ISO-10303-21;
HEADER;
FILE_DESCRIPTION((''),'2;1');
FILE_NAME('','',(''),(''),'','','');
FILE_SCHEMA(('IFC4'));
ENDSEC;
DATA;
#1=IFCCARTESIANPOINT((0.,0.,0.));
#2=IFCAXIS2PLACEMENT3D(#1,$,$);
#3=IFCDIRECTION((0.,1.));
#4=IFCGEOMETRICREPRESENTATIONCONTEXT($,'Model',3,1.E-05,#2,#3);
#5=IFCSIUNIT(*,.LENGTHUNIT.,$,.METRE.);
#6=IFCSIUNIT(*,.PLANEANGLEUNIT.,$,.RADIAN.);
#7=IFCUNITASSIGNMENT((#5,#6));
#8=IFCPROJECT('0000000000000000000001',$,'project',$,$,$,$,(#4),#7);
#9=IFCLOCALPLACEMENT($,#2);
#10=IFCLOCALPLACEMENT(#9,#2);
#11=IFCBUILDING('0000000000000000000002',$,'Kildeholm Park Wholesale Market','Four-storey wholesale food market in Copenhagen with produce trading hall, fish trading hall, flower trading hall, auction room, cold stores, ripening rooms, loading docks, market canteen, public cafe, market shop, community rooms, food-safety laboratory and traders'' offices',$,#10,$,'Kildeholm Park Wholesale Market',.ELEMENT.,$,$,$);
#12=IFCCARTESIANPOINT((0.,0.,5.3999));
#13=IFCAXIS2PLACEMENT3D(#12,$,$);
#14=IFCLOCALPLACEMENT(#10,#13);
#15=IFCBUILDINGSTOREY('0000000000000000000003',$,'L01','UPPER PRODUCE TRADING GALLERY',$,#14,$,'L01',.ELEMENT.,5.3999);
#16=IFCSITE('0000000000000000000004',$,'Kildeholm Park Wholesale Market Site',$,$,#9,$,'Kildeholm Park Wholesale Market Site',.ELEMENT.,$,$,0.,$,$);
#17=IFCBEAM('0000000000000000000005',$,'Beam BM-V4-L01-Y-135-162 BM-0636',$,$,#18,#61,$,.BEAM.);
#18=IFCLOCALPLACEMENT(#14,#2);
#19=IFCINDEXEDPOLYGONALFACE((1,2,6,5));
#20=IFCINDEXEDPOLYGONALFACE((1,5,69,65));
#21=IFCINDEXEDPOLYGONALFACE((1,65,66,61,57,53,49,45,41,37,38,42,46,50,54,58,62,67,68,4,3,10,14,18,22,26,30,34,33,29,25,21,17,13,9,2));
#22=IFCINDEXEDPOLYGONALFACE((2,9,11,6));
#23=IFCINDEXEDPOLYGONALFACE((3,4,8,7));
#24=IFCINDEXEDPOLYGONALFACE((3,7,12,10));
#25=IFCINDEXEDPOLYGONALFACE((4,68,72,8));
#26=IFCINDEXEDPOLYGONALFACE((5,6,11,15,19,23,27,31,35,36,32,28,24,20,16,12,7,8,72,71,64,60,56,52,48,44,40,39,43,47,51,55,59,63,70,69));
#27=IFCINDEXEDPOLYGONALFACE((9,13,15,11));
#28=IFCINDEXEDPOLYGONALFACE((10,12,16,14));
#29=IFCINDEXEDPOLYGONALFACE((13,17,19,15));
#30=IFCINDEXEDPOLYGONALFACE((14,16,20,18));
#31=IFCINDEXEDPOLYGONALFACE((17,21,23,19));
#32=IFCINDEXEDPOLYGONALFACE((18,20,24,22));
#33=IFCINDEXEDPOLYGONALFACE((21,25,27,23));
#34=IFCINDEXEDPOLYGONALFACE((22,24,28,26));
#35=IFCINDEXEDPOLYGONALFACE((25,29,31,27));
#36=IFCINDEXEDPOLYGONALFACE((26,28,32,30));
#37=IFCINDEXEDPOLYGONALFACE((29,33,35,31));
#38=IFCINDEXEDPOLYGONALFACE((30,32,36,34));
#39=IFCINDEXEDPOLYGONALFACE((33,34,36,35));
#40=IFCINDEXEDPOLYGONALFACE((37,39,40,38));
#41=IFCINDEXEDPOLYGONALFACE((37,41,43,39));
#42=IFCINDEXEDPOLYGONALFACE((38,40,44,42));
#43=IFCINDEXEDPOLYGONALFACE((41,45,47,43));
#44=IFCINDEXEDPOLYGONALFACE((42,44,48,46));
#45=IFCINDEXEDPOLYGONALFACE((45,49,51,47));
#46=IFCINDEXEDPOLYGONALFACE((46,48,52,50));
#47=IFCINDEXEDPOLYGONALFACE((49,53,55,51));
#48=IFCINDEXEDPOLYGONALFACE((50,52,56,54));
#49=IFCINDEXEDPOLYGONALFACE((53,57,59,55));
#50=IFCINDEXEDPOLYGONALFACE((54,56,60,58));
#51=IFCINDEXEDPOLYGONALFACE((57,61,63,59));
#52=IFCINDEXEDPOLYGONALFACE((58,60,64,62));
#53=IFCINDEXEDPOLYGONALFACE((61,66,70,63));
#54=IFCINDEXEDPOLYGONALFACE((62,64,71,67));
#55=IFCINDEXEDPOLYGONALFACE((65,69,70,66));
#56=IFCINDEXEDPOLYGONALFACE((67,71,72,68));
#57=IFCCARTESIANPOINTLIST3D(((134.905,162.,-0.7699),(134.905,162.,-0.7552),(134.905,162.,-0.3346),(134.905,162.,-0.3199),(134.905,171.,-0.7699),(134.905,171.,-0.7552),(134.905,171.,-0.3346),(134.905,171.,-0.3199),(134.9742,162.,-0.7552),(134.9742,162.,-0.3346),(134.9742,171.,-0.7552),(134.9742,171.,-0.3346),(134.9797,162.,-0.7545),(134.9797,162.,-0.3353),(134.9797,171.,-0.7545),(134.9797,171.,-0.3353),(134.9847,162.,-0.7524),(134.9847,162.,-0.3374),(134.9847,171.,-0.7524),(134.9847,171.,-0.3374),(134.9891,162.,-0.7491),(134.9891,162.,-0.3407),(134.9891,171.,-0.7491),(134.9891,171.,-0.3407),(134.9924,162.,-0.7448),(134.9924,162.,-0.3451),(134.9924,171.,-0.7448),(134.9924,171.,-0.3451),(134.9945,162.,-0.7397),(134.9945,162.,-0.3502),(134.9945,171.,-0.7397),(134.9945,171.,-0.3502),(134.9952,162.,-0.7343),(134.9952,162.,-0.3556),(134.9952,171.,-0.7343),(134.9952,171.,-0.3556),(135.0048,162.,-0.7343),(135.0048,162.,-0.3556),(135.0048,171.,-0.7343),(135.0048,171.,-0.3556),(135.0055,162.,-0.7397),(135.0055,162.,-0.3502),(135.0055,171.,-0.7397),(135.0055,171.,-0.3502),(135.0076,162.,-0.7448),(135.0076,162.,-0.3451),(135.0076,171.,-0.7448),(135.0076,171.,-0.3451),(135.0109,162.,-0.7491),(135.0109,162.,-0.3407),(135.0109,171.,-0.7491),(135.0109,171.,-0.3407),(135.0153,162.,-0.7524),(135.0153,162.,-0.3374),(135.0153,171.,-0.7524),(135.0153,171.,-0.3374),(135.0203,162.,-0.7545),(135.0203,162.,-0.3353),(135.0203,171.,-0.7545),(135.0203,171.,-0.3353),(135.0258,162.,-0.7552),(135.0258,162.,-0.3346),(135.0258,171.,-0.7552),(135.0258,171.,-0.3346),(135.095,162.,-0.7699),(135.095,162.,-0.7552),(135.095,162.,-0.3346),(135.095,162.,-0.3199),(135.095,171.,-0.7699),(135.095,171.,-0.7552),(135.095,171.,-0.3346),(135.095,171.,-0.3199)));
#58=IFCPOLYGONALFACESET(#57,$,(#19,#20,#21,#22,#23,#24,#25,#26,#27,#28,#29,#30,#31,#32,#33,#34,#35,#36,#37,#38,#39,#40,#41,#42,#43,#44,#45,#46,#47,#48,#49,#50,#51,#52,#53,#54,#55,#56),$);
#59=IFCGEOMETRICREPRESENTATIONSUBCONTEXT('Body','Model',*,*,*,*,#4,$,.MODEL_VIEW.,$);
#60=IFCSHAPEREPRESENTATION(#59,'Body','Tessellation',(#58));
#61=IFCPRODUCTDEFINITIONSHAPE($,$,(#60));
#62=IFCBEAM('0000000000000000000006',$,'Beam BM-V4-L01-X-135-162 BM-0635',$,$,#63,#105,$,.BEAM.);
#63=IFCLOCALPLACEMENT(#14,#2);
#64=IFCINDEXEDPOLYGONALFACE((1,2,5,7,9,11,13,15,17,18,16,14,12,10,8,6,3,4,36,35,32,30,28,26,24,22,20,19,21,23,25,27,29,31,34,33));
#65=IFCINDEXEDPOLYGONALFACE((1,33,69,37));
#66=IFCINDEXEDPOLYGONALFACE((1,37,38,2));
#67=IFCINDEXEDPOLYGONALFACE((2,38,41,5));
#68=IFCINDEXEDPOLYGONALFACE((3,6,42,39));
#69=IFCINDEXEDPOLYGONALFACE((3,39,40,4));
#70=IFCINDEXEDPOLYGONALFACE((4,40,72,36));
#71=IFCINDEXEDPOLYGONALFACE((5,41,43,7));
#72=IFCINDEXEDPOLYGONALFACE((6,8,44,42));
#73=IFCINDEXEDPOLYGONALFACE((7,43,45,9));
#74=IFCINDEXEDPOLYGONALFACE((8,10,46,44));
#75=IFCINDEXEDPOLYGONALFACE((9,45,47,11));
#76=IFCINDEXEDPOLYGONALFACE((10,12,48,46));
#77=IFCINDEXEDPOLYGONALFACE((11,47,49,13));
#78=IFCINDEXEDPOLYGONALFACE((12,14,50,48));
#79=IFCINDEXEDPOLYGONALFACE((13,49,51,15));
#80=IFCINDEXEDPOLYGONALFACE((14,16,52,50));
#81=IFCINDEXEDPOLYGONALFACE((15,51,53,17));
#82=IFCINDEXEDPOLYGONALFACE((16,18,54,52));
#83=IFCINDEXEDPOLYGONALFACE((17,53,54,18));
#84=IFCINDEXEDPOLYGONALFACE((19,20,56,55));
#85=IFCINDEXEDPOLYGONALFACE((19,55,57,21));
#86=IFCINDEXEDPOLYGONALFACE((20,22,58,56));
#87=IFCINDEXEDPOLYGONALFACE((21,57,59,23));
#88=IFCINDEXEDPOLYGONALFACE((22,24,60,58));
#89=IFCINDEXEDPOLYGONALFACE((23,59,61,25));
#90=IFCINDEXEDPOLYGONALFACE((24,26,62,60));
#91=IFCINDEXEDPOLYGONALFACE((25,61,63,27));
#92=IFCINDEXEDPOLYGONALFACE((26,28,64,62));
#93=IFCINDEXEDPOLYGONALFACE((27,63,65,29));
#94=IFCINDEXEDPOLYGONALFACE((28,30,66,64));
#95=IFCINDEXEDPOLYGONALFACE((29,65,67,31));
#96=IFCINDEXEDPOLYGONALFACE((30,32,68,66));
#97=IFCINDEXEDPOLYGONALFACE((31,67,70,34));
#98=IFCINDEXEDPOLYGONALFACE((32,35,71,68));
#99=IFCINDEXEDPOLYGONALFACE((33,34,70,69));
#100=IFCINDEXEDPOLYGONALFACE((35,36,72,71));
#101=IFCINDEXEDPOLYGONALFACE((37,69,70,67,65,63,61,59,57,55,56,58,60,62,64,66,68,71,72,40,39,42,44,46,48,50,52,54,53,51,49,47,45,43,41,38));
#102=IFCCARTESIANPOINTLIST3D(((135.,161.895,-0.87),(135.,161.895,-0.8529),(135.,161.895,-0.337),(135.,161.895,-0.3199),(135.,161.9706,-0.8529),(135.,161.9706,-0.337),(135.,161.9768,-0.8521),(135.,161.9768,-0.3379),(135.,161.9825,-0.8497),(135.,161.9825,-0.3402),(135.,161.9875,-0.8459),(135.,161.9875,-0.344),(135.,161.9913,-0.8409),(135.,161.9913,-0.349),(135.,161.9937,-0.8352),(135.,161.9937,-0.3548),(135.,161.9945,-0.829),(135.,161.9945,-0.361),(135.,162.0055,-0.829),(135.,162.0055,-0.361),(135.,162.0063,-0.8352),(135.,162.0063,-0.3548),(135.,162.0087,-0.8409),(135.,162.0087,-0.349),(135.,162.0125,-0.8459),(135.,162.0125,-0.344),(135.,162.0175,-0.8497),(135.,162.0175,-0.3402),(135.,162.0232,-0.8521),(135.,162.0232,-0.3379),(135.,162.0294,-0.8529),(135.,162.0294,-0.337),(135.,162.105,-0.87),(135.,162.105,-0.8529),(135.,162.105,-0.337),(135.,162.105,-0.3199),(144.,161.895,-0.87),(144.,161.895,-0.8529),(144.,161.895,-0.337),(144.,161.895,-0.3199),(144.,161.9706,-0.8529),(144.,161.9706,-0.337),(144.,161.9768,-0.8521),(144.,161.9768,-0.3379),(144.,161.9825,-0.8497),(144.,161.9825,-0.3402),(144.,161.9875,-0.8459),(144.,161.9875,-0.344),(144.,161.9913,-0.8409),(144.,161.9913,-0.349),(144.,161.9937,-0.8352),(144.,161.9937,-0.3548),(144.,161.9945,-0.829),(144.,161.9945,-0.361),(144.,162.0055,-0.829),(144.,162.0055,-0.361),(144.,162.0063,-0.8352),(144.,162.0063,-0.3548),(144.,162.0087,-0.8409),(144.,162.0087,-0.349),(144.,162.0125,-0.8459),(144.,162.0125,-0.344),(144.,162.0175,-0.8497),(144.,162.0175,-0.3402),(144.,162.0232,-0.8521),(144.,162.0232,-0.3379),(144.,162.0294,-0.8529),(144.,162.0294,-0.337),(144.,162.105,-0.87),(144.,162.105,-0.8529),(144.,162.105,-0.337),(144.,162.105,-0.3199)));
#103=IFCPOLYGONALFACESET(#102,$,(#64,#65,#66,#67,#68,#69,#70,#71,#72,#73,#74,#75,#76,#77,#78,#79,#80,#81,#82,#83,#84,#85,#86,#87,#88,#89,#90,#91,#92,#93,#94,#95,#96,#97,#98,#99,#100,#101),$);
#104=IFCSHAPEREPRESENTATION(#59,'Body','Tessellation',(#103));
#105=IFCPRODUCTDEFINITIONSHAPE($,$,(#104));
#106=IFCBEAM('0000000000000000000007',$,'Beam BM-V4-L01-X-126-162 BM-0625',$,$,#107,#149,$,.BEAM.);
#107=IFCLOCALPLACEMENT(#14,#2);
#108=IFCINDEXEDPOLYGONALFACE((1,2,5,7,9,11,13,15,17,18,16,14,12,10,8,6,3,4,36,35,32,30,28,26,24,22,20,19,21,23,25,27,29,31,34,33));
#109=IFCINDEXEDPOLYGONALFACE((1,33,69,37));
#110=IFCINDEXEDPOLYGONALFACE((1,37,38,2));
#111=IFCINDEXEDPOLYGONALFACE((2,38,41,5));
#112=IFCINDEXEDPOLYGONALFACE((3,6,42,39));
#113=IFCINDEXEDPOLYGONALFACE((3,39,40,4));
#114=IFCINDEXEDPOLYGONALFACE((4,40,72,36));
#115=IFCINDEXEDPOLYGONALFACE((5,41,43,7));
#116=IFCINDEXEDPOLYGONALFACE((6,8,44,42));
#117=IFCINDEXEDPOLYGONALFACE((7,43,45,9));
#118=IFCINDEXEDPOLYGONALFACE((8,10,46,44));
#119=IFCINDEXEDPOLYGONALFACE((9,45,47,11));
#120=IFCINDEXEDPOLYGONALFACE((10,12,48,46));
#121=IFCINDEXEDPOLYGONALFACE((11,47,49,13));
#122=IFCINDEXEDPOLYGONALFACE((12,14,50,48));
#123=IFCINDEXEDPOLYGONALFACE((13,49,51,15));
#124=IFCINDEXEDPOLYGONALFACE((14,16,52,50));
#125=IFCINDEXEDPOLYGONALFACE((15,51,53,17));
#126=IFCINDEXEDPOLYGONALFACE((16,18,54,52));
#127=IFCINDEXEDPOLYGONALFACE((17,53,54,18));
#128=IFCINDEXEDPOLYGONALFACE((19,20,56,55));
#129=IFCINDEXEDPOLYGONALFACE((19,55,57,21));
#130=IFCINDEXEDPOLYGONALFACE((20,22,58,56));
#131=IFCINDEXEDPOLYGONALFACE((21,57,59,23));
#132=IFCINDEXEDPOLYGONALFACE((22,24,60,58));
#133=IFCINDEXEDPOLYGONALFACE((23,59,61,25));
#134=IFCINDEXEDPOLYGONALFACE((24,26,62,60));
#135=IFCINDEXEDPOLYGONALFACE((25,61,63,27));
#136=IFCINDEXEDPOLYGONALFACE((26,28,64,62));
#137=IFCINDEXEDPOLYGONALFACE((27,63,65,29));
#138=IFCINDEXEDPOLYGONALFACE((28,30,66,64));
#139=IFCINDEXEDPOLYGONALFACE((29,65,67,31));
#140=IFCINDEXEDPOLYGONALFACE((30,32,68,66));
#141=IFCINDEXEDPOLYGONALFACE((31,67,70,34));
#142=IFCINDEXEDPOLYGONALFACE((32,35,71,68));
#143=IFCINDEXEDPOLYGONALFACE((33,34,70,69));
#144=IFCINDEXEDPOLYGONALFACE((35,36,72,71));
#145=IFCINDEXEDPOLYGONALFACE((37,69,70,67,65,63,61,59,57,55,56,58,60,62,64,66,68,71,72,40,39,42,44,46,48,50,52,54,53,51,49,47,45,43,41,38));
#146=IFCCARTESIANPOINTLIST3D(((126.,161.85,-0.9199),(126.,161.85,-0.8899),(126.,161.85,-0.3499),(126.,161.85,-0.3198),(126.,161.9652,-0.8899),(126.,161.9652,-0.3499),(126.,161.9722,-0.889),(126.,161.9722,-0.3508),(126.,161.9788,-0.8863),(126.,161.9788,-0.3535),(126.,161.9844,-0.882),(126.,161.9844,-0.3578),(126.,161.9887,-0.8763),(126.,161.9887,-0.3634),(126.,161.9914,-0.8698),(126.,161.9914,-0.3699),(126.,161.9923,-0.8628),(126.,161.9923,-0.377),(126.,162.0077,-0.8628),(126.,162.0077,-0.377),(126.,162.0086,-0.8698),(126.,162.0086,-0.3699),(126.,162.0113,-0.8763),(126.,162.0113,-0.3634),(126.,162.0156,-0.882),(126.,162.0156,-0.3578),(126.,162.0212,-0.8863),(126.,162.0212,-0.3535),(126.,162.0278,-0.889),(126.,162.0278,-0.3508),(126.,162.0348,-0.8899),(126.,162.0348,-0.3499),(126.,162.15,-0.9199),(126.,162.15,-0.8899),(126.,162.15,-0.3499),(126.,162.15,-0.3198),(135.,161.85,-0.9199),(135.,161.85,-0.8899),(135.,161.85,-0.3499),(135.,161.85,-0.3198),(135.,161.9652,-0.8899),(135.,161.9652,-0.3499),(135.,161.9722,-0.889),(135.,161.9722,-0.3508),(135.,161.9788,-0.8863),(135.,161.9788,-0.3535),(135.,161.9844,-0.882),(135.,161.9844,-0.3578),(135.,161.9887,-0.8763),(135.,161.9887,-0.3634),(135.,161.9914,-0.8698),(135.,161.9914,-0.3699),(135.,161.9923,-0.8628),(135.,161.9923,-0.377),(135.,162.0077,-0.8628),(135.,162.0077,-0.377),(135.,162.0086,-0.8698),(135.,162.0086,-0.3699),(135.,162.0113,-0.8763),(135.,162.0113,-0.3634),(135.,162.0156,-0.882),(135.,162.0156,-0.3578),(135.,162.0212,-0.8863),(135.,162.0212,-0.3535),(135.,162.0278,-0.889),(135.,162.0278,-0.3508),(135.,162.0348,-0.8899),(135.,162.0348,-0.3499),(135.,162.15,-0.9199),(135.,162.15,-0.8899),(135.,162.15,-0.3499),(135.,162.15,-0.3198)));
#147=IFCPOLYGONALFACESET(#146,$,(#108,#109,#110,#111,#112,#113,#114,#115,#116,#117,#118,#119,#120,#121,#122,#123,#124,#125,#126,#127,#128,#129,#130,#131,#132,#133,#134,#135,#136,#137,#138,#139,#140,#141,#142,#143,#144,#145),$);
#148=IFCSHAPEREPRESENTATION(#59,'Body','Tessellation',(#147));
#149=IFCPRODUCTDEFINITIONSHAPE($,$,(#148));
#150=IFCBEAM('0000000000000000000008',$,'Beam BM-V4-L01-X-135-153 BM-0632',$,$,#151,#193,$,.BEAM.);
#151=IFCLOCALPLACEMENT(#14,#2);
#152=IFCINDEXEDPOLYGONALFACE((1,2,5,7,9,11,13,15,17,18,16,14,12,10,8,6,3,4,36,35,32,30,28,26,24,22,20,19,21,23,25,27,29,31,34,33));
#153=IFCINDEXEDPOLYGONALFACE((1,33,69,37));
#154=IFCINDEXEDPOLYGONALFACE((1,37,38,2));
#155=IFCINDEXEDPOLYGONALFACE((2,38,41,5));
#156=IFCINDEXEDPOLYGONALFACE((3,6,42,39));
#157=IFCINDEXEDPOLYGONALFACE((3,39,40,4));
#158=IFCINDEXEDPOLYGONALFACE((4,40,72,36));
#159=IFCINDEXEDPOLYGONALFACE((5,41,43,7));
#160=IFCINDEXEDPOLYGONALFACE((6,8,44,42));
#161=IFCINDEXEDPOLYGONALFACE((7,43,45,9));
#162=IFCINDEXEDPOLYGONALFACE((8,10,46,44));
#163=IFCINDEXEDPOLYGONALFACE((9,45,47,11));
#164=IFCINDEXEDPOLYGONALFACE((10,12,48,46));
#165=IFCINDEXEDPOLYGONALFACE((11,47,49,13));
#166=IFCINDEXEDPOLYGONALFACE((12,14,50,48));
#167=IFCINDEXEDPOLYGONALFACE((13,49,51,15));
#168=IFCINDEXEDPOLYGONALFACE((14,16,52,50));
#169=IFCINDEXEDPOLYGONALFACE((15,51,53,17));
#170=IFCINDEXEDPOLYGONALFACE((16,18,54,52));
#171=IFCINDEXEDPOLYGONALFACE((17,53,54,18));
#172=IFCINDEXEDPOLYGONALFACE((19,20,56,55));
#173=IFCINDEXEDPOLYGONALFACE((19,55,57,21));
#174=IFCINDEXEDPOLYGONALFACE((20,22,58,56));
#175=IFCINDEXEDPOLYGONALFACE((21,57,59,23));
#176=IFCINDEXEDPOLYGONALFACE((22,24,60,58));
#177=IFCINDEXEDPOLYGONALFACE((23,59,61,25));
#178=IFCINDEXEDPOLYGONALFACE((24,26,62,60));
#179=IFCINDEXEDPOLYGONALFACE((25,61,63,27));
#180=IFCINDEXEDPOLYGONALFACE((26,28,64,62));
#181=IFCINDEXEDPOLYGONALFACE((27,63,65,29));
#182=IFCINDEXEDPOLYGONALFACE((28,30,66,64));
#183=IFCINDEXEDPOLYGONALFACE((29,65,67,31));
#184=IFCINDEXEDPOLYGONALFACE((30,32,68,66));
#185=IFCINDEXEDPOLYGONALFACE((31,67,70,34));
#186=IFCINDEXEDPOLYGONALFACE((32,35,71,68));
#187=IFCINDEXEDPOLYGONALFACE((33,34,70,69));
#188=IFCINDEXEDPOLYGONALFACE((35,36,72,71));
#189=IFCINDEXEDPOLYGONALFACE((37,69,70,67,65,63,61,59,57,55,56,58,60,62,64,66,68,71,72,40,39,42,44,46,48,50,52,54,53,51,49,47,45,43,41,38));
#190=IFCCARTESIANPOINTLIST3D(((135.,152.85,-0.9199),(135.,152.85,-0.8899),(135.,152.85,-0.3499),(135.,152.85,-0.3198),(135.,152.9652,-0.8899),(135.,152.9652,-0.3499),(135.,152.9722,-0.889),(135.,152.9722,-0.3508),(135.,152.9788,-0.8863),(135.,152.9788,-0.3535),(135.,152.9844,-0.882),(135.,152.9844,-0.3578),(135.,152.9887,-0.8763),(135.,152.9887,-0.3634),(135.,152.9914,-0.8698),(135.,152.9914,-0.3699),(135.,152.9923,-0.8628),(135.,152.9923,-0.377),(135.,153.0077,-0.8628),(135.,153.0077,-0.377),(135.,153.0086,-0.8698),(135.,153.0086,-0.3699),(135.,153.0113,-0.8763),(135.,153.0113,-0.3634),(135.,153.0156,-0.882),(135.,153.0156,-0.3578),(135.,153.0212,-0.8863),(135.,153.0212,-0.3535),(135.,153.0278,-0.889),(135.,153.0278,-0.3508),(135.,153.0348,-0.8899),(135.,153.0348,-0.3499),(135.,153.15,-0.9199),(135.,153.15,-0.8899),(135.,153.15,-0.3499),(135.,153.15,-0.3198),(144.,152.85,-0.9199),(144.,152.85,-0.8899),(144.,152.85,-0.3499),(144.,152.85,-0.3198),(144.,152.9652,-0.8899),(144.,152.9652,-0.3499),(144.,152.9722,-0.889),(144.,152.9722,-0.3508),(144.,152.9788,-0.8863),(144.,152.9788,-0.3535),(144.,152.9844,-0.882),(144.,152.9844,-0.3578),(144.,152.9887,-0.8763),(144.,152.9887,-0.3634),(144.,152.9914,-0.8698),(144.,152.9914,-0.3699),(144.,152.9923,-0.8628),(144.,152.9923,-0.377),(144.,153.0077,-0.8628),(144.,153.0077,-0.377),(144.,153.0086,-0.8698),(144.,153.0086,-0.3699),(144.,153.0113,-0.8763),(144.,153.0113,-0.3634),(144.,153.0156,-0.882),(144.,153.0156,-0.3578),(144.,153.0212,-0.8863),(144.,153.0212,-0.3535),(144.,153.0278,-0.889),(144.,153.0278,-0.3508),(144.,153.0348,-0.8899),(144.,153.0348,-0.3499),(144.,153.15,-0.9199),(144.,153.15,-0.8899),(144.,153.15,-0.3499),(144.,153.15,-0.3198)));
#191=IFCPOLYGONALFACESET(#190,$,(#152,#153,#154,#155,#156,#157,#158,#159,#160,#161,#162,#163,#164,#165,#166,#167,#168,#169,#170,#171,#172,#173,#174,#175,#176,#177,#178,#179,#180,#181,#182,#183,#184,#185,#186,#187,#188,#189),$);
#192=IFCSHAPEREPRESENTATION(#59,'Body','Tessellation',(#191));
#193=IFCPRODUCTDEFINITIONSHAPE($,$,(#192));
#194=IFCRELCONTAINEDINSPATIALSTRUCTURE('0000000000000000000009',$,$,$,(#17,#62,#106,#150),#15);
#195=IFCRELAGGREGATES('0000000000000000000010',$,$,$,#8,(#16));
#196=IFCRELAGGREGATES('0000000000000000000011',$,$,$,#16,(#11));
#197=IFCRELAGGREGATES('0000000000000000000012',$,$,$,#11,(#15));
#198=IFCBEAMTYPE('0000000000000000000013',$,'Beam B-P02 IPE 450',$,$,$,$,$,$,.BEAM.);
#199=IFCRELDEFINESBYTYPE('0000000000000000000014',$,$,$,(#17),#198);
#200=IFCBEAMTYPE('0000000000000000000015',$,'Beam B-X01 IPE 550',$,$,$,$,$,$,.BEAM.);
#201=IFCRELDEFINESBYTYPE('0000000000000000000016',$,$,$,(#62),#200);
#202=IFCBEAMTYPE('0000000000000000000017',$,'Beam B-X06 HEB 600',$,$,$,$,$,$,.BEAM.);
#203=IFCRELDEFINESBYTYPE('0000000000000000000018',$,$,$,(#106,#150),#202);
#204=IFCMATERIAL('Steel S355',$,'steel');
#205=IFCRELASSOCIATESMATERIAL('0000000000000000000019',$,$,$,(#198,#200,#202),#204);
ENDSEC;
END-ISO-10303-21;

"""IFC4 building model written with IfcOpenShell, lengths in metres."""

from ifc_helpers import new_model, si_unit, direction, frame, origin, origin_2d, place, context, subcontext, project, spatial, i_section, extrude, material, material_profile, profile_set, type_object, element, save


model = new_model("IFC4")

# Units and contexts
model_context = context("Model", 3, precision=1e-05, world=origin(), true_north=direction((0.0, 1.0)))
body_context = subcontext(model_context, "Body", "Model", "MODEL_VIEW")
ifc_project = project(units=[si_unit("LENGTHUNIT", "METRE"), si_unit("PLANEANGLEUNIT", "RADIAN")], contexts=[model_context])

# Site, building, storey
site_placement = place(None, origin())
site = spatial("IfcSite", under=ifc_project, at=site_placement, Name="Kildeholm Park Wholesale Market Site", LongName="Kildeholm Park Wholesale Market Site", CompositionType="ELEMENT", RefElevation=0.0)
building_placement = place(site_placement, origin())
building = spatial("IfcBuilding", under=site, at=building_placement, Name="Kildeholm Park Wholesale Market", Description="Four-storey wholesale food market in Copenhagen with produce trading hall, fish trading hall, flower trading hall, auction room, cold stores, ripening rooms, loading docks, market canteen, public cafe, market shop, community rooms, food-safety laboratory and traders' offices", LongName="Kildeholm Park Wholesale Market", CompositionType="ELEMENT")
storey_placement = place(building_placement, frame((0.0, 0.0, 5.3999)))
storey = spatial("IfcBuildingStorey", under=building, at=storey_placement, Name="L01", Description="UPPER PRODUCE TRADING GALLERY", LongName="L01", CompositionType="ELEMENT", Elevation=5.3999)

# Beams
ifc_material_1 = material(Name="Steel S355", Category="steel")
ifc_material_profile_1 = material_profile(ifc_material_1, i_section(OverallWidth=0.1899, OverallDepth=0.45, WebThickness=0.0095, FlangeThickness=0.0146, FilletRadius=0.021, at=origin_2d()), Name="IPE 450")
ifc_profile_set_1 = profile_set([ifc_material_profile_1], Name="Steel S355")
beam_type_1 = type_object("IfcBeamType", Name="Beam B-P02 IPE 450", PredefinedType="BEAM", material=ifc_profile_set_1)
for number, where, z_axis, x_axis, name in (
    (1, (135.0, 162.0, -0.5449), (0.0, 1.0, 0.0), (-1.0, 0.0, 0.0), "Beam BM-V4-L01-Y-135-162 BM-0636"),
):
    element("IfcBeam", number, at=place(storey_placement, frame(where, z_axis=z_axis, x_axis=x_axis)), inside=storey, type_object=beam_type_1, Name=name, PredefinedType="BEAM", context=body_context, shape_type="SweptSolid", body=[
        extrude(i_section(OverallWidth=0.1899, OverallDepth=0.45, WebThickness=0.0095, FlangeThickness=0.0146, FilletRadius=0.021, at=origin_2d()), origin(), (0.0, 0.0, 1.0), 9.0),
    ])
ifc_material_profile_2 = material_profile(ifc_material_1, i_section(OverallWidth=0.21, OverallDepth=0.55, WebThickness=0.011, FlangeThickness=0.0171, FilletRadius=0.0239, at=origin_2d()), Name="IPE 550")
ifc_profile_set_2 = profile_set([ifc_material_profile_2], Name="Steel S355")
beam_type_2 = type_object("IfcBeamType", Name="Beam B-X01 IPE 550", PredefinedType="BEAM", material=ifc_profile_set_2)
beam_1_placement = place(storey_placement, frame((135.0, 162.0, -0.595), z_axis=(1.0, 0.0, 0.0), x_axis=(0.0, 1.0, 0.0)))
element("IfcBeam", 2, at=beam_1_placement, inside=storey, type_object=beam_type_2, Name="Beam BM-V4-L01-X-135-162 BM-0635", PredefinedType="BEAM", context=body_context, shape_type="SweptSolid", body=[
    extrude(i_section(OverallWidth=0.21, OverallDepth=0.55, WebThickness=0.011, FlangeThickness=0.0171, FilletRadius=0.0239, at=origin_2d()), origin(), (0.0, 0.0, 1.0), 9.0),
])
ifc_material_profile_3 = material_profile(ifc_material_1, i_section(OverallWidth=0.3, OverallDepth=0.6001, WebThickness=0.0154, FlangeThickness=0.03, FilletRadius=0.0271, at=origin_2d()), Name="HEB 600")
ifc_profile_set_3 = profile_set([ifc_material_profile_3], Name="Steel S355")
beam_type_3 = type_object("IfcBeamType", Name="Beam B-X06 HEB 600", PredefinedType="BEAM", material=ifc_profile_set_3)
for number, where, z_axis, x_axis, name in (
    (3, (126.0, 162.0, -0.6199), (1.0, 0.0, 0.0), (0.0, 1.0, 0.0), "Beam BM-V4-L01-X-126-162 BM-0625"),
    (4, (135.0, 153.0, -0.6199), (1.0, 0.0, 0.0), (0.0, 1.0, 0.0), "Beam BM-V4-L01-X-135-153 BM-0632"),
):
    element("IfcBeam", number, at=place(storey_placement, frame(where, z_axis=z_axis, x_axis=x_axis)), inside=storey, type_object=beam_type_3, Name=name, PredefinedType="BEAM", context=body_context, shape_type="SweptSolid", body=[
        extrude(i_section(OverallWidth=0.3, OverallDepth=0.6001, WebThickness=0.0154, FlangeThickness=0.03, FilletRadius=0.0271, at=origin_2d()), origin(), (0.0, 0.0, 1.0), 9.0),
    ])

save(model, "model.ifc")
